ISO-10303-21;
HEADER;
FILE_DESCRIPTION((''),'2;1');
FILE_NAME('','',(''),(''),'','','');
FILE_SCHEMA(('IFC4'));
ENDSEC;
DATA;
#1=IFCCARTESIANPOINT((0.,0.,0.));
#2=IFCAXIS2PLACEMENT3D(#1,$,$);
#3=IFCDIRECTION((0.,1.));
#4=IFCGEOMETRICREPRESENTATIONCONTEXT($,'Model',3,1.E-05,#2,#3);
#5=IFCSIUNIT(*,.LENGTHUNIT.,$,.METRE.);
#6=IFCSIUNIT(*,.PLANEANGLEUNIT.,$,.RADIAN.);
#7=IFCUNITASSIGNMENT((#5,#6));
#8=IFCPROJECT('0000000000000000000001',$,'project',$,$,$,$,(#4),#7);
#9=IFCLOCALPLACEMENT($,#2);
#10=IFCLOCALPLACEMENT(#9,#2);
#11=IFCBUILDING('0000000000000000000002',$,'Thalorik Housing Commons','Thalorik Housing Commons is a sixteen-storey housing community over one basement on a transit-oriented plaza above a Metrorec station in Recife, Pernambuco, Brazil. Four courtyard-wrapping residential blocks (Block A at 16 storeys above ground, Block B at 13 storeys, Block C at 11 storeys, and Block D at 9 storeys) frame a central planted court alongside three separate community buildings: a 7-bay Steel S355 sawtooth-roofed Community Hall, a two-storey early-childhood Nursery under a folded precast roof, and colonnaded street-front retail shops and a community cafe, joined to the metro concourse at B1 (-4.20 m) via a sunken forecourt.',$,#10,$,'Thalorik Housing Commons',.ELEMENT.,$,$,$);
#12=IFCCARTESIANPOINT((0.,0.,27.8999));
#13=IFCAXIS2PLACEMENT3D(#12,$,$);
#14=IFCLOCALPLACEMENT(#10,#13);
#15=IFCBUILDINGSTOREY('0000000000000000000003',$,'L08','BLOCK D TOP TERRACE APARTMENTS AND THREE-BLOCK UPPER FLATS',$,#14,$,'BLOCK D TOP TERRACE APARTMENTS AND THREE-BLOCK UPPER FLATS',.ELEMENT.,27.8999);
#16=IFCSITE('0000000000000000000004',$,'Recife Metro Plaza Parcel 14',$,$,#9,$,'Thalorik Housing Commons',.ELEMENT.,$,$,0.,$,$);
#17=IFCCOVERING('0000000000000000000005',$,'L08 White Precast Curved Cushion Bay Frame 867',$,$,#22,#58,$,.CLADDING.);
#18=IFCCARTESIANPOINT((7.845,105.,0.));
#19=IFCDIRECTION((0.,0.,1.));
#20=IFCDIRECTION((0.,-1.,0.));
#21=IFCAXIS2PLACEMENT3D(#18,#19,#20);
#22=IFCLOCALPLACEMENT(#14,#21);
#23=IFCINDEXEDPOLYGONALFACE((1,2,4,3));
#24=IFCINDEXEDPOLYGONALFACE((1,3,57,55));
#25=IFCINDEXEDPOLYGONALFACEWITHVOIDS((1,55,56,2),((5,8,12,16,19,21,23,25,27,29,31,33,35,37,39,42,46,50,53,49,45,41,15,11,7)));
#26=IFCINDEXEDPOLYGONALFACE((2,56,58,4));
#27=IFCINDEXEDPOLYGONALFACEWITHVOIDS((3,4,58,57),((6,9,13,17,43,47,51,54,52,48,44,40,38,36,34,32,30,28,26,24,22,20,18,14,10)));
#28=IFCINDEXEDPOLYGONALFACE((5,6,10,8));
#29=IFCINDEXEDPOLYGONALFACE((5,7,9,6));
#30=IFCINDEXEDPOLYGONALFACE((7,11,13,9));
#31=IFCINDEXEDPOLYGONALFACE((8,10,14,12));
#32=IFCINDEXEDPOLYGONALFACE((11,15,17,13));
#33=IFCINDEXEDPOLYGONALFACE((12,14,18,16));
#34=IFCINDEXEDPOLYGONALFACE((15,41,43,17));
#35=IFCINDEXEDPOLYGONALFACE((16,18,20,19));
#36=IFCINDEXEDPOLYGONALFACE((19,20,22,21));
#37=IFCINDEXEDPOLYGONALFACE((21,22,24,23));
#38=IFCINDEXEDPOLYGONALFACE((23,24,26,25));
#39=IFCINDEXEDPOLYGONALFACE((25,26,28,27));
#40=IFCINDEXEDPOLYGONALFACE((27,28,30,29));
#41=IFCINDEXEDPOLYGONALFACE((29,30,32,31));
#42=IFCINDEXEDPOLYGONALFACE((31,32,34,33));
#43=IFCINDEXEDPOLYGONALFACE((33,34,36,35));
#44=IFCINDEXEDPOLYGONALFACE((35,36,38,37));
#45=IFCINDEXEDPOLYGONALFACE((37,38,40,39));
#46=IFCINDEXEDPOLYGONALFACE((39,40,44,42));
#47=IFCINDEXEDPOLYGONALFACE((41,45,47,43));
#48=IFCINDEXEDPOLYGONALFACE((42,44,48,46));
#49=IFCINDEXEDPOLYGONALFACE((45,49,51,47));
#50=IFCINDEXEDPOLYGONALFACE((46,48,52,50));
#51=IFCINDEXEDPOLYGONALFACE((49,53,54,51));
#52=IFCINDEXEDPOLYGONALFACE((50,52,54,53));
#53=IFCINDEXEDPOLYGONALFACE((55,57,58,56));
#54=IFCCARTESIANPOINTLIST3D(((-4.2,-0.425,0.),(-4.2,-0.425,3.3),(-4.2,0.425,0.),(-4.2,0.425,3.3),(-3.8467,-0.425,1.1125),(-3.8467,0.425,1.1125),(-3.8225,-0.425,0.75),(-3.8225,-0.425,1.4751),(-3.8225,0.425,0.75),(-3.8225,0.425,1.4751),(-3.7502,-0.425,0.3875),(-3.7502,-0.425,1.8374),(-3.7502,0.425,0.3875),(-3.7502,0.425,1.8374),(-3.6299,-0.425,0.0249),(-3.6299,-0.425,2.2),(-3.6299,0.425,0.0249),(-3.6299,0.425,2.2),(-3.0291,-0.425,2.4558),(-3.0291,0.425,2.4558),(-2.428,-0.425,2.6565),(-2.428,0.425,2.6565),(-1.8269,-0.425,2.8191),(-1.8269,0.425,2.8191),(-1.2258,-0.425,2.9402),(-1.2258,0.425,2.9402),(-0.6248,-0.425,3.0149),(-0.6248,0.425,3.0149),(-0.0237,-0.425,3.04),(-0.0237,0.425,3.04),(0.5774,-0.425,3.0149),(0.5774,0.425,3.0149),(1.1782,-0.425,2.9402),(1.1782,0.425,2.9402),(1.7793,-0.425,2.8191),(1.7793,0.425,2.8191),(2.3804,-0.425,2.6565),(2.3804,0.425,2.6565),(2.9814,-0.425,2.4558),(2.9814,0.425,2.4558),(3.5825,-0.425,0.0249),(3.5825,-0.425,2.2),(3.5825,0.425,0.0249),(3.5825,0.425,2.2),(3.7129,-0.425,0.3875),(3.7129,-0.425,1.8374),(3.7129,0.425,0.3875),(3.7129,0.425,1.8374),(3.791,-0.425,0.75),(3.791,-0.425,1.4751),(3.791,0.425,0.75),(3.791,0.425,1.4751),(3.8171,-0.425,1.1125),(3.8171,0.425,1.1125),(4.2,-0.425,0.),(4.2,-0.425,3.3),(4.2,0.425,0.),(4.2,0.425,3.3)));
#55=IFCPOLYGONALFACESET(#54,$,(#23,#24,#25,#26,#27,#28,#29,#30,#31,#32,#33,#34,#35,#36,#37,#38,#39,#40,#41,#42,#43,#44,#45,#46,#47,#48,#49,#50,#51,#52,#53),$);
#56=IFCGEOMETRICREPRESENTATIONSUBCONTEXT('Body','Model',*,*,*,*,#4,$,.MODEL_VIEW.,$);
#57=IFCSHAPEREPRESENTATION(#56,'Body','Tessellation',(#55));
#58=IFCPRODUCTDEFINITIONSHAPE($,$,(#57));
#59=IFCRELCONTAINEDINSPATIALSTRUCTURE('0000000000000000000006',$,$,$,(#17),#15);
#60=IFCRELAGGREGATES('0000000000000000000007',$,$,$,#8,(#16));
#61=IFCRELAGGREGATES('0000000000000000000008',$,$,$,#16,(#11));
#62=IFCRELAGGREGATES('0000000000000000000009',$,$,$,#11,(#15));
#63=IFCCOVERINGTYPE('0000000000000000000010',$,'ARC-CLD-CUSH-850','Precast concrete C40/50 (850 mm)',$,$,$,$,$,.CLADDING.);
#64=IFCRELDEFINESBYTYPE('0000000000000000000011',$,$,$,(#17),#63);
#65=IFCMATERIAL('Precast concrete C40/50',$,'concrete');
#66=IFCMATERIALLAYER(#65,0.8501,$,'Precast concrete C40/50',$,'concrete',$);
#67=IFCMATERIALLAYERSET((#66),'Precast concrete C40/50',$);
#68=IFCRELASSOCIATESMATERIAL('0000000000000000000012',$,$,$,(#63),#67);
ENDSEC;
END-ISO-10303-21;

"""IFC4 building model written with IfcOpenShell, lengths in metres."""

from ifc_helpers import new_model, si_unit, direction, frame, origin, place, context, subcontext, project, spatial, polyline, outline, extrude, material, layer, layer_set, type_object, element, save


model = new_model("IFC4")

# Units and contexts
model_context = context("Model", 3, precision=1e-05, world=origin(), true_north=direction((0.0, 1.0)))
body_context = subcontext(model_context, "Body", "Model", "MODEL_VIEW")
ifc_project = project(units=[si_unit("LENGTHUNIT", "METRE"), si_unit("PLANEANGLEUNIT", "RADIAN")], contexts=[model_context])

# Site, building, storey
site_placement = place(None, origin())
site = spatial("IfcSite", under=ifc_project, at=site_placement, Name="Recife Metro Plaza Parcel 14", LongName="Thalorik Housing Commons", CompositionType="ELEMENT", RefElevation=0.0)
building_placement = place(site_placement, origin())
building = spatial("IfcBuilding", under=site, at=building_placement, Name="Thalorik Housing Commons", Description="Thalorik Housing Commons is a sixteen-storey housing community over one basement on a transit-oriented plaza above a Metrorec station in Recife, Pernambuco, Brazil. Four courtyard-wrapping residential blocks (Block A at 16 storeys above ground, Block B at 13 storeys, Block C at 11 storeys, and Block D at 9 storeys) frame a central planted court alongside three separate community buildings: a 7-bay Steel S355 sawtooth-roofed Community Hall, a two-storey early-childhood Nursery under a folded precast roof, and colonnaded street-front retail shops and a community cafe, joined to the metro concourse at B1 (-4.20 m) via a sunken forecourt.", LongName="Thalorik Housing Commons", CompositionType="ELEMENT")
storey_placement = place(building_placement, frame((0.0, 0.0, 27.8999)))
storey = spatial("IfcBuildingStorey", under=building, at=storey_placement, Name="L08", Description="BLOCK D TOP TERRACE APARTMENTS AND THREE-BLOCK UPPER FLATS", LongName="BLOCK D TOP TERRACE APARTMENTS AND THREE-BLOCK UPPER FLATS", CompositionType="ELEMENT", Elevation=27.8999)

# Shared definitions
ifc_material_1 = material(Name="Precast concrete C40/50", Category="concrete")

# Covering
ifc_layer_1 = layer(ifc_material_1, 0.8501, Name="Precast concrete C40/50", Category="concrete")
ifc_layer_set_1 = layer_set([ifc_layer_1], Name="Precast concrete C40/50")
covering_type_1 = type_object("IfcCoveringType", Name="ARC-CLD-CUSH-850", Description="Precast concrete C40/50 (850 mm)", PredefinedType="CLADDING", material=ifc_layer_set_1)
covering_1_placement = place(storey_placement, frame((7.845, 105.0, 0.0), z_axis=(0.0, 0.0, 1.0), x_axis=(0.0, -1.0, 0.0)))
element("IfcCovering", 1, at=covering_1_placement, inside=storey, type_object=covering_type_1, Name="L08 White Precast Curved Cushion Bay Frame 867", PredefinedType="CLADDING", context=body_context, shape_type="SweptSolid", body=[
    extrude(outline(polyline([(-4.2, 0.0), (4.2, 0.0), (4.2, 3.3), (-4.2, 3.3), (-4.2, 0.0)]), holes=[polyline([(3.5825, 0.0249), (3.7129, 0.3875), (3.791, 0.75), (3.8171, 1.1125), (3.791, 1.4751), (3.7129, 1.8374), (3.5825, 2.2), (2.9814, 2.4558), (2.3804, 2.6565), (1.7793, 2.8191), (1.1782, 2.9402), (0.5774, 3.0149), (-0.0237, 3.04), (-0.6248, 3.0149), (-1.2258, 2.9402), (-1.8269, 2.8191), (-2.428, 2.6565), (-3.0291, 2.4558), (-3.6299, 2.2), (-3.7502, 1.8374), (-3.8225, 1.4751), (-3.8467, 1.1125), (-3.8225, 0.75), (-3.7502, 0.3875), (-3.6299, 0.0249), (3.5825, 0.0249)])]), frame((0.0, 0.425, 0.0), z_axis=(0.0, -1.0, 0.0), x_axis=(1.0, 0.0, 0.0)), (0.0, 0.0, 1.0), 0.8501),
])

save(model, "model.ifc")
